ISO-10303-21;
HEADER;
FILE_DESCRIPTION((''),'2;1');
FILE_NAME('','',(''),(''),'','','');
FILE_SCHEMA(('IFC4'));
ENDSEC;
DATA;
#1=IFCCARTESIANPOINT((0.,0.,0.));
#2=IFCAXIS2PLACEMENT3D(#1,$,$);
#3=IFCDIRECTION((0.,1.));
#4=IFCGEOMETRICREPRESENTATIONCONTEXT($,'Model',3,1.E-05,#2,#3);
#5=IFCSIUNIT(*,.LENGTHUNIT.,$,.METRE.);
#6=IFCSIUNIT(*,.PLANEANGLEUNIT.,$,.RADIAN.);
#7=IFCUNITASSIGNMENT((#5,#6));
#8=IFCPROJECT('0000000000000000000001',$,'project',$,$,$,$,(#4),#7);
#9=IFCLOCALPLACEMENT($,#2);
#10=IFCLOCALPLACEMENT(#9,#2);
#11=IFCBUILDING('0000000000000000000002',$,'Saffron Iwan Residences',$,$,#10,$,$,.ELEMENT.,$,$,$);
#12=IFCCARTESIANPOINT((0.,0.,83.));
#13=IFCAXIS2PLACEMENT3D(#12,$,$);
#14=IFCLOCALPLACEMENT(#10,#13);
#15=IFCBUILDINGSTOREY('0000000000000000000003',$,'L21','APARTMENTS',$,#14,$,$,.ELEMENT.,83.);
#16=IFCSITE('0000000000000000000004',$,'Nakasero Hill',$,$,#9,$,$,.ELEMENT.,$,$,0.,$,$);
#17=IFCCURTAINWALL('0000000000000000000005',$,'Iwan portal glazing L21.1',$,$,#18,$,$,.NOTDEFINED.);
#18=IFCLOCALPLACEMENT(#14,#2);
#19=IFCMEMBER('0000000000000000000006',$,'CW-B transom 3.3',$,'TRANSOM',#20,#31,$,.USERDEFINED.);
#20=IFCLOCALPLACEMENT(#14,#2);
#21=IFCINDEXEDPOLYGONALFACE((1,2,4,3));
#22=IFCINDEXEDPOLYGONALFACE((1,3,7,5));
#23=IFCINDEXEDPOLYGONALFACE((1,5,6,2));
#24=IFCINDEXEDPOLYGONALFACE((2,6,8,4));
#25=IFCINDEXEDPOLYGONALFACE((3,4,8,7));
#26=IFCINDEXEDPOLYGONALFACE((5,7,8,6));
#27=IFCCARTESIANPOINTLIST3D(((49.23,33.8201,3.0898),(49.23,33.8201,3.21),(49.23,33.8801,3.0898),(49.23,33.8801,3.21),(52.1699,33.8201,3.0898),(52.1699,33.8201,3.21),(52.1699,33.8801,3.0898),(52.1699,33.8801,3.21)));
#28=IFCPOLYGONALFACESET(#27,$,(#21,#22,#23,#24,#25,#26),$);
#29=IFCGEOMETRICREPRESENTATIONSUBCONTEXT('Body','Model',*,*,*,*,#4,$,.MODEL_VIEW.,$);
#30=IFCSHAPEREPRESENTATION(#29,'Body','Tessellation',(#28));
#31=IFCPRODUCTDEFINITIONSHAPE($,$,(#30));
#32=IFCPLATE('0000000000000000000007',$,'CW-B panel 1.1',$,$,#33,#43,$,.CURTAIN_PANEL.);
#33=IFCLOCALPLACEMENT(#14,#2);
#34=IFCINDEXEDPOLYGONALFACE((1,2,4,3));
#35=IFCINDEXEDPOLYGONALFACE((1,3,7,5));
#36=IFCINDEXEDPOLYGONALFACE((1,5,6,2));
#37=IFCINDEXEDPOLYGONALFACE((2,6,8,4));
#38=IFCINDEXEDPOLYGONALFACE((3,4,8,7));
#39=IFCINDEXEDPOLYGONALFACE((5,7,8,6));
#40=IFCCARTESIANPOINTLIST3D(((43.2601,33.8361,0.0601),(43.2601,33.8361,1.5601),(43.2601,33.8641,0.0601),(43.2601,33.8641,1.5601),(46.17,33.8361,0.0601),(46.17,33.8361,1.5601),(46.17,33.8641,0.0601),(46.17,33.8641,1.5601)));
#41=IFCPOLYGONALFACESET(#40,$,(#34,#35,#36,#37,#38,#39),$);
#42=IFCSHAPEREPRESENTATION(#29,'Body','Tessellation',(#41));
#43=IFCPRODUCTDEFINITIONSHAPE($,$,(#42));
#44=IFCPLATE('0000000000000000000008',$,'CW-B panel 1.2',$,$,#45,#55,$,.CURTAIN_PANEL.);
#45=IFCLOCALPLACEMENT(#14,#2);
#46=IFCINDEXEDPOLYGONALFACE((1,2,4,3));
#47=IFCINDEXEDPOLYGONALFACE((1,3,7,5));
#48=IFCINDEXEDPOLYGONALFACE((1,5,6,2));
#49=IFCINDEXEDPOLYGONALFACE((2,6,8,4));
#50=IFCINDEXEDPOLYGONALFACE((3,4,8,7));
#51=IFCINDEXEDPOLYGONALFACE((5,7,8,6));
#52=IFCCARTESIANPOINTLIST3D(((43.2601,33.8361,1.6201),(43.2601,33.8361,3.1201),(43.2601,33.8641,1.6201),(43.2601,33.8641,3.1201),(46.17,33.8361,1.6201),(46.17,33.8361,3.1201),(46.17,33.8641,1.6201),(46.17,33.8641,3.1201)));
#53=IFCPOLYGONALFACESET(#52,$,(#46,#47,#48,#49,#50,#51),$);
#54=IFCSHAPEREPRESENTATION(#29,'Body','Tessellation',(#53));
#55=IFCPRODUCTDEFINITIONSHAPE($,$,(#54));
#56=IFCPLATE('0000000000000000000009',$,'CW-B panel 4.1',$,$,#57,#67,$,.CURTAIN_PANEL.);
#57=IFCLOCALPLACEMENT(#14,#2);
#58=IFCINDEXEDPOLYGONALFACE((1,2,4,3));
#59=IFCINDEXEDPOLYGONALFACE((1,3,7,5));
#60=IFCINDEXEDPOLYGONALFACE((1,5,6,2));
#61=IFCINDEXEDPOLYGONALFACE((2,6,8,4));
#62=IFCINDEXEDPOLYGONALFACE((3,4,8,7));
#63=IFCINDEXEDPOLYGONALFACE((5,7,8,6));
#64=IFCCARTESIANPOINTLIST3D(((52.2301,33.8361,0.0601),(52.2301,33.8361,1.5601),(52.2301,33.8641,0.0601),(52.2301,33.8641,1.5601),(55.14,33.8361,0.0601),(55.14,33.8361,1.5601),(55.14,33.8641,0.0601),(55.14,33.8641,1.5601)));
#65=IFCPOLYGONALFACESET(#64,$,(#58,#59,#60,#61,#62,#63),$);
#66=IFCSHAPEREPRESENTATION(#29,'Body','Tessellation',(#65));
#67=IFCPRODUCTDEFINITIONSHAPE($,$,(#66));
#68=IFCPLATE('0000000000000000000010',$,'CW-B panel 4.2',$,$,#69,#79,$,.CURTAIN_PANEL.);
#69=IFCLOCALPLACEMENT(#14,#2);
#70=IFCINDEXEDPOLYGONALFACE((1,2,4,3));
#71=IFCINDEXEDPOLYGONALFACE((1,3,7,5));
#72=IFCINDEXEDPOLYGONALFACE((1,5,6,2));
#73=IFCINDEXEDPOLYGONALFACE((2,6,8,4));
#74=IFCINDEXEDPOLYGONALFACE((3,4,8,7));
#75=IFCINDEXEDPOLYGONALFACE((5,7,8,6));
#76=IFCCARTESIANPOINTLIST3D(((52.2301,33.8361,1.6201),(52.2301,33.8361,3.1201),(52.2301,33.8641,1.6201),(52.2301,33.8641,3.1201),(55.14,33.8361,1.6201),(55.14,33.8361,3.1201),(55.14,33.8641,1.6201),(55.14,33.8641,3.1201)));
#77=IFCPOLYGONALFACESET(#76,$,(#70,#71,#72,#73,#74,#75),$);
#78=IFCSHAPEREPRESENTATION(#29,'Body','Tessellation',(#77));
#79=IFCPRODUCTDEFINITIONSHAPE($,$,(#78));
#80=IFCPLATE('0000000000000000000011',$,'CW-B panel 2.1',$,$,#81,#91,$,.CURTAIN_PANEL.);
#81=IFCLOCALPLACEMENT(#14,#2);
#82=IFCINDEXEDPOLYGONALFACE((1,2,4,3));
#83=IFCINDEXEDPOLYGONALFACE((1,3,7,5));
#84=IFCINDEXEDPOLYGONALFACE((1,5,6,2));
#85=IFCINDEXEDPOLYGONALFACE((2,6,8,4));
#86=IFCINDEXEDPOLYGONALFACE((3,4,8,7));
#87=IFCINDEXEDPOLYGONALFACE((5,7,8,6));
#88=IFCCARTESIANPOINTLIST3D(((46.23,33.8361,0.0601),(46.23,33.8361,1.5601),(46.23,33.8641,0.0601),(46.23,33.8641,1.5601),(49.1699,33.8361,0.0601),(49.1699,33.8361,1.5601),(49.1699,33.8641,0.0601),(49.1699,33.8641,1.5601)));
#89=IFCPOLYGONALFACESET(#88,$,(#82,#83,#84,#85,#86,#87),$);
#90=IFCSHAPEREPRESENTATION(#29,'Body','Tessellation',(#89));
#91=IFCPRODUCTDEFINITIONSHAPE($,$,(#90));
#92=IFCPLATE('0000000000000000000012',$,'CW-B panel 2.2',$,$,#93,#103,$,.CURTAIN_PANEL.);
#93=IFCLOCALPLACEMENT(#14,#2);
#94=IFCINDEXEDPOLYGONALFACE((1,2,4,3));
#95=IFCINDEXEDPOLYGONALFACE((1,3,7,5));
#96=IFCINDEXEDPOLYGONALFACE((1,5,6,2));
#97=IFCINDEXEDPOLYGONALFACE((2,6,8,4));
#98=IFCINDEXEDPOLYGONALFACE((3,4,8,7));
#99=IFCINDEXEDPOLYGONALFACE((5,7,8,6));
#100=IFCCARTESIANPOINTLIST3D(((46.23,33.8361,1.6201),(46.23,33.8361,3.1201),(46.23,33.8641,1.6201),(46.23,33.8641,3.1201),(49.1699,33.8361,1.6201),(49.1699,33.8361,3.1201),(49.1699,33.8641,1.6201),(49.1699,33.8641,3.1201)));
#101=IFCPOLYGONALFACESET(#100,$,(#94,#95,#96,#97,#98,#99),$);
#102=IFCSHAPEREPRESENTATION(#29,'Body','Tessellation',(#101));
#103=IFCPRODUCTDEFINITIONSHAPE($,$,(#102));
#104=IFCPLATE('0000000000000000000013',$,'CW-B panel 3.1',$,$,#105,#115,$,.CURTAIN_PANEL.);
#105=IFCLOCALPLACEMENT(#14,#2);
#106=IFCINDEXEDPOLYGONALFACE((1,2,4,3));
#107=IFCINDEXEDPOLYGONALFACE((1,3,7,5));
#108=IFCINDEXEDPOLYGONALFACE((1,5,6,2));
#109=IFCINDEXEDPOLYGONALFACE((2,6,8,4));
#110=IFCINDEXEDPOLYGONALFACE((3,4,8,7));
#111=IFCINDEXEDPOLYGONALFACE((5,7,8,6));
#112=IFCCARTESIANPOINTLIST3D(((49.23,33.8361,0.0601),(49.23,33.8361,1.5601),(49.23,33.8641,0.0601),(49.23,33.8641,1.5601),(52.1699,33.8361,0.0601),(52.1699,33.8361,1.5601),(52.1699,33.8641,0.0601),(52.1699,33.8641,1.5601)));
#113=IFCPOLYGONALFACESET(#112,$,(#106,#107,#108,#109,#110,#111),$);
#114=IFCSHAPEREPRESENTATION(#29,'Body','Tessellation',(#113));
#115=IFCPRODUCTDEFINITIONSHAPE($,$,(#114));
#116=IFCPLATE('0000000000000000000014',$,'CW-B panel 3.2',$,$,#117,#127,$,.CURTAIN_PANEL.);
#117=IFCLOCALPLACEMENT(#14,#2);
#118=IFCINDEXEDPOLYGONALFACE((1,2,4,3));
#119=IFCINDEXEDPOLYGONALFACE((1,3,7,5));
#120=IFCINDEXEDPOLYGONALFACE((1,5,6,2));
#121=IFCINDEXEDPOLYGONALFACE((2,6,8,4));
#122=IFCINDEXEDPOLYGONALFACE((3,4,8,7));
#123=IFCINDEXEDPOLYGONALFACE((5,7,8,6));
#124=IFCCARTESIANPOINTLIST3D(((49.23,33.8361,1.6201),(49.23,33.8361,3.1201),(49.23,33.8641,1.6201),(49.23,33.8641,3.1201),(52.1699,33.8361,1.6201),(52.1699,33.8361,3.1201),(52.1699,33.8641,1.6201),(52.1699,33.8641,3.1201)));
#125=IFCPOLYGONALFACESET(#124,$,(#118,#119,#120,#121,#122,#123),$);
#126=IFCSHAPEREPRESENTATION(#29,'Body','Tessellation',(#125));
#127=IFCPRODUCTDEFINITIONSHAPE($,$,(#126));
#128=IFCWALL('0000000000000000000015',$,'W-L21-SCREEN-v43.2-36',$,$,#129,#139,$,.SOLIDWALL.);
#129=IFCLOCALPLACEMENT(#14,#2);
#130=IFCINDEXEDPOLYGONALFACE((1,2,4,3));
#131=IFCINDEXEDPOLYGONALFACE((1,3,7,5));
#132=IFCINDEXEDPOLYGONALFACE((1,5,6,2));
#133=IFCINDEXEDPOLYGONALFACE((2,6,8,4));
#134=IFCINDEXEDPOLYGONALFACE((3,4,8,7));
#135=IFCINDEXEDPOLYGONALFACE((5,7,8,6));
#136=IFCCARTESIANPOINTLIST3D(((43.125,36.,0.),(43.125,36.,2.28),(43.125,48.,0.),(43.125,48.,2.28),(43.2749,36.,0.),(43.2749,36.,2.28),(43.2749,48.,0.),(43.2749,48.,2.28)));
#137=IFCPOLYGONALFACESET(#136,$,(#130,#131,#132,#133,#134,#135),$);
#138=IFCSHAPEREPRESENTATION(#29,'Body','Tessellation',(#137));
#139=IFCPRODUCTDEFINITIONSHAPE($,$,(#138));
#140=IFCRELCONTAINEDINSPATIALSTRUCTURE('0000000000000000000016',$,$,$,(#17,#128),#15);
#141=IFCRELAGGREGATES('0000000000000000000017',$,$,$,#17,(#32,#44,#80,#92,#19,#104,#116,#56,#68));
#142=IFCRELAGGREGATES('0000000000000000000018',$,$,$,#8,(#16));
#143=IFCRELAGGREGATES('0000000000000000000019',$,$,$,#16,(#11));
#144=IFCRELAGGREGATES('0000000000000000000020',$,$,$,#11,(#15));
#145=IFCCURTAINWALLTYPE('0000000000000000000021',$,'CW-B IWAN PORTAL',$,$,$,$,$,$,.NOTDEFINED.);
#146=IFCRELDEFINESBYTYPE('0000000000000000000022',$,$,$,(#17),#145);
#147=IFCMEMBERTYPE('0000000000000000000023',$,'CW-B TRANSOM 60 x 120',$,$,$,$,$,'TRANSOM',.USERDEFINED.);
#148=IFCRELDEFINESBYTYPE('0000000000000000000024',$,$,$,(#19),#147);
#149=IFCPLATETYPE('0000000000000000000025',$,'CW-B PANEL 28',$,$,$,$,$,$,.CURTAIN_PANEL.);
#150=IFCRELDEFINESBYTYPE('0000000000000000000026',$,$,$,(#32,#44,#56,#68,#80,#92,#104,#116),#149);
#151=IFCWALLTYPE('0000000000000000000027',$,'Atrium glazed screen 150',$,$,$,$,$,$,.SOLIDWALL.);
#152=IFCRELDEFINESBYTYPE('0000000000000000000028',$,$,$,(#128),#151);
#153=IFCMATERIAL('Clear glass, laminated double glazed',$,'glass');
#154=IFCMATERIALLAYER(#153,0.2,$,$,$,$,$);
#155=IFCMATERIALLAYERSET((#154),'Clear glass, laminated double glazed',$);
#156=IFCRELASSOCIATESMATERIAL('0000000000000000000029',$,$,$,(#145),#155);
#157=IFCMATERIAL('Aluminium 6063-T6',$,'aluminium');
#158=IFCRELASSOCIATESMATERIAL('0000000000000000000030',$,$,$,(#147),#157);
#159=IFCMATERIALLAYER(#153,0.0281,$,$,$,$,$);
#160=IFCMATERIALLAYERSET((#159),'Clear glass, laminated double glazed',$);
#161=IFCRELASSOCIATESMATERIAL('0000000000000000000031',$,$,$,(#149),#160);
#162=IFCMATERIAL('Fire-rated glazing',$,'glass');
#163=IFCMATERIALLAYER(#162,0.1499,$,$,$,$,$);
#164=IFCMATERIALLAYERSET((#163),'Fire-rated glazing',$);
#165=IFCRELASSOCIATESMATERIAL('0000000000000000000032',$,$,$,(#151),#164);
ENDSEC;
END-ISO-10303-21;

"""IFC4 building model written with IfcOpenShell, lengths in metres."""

from ifc_helpers import new_model, si_unit, direction, frame, frame_2d, origin, origin_2d, place, context, subcontext, project, spatial, rectangle, extrude, source, transform, mapped, material, layer, layer_set, material_profile, profile_set, type_object, element, aggregate, save


model = new_model("IFC4")

# Units and contexts
model_context = context("Model", 3, precision=1e-05, world=origin(), true_north=direction((0.0, 1.0)))
body_context = subcontext(model_context, "Body", "Model", "MODEL_VIEW")
ifc_project = project(units=[si_unit("LENGTHUNIT", "METRE"), si_unit("PLANEANGLEUNIT", "RADIAN")], contexts=[model_context])

# Site, building, storey
site_placement = place(None, origin())
site = spatial("IfcSite", under=ifc_project, at=site_placement, Name="Nakasero Hill", CompositionType="ELEMENT", RefElevation=0.0)
building_placement = place(site_placement, origin())
building = spatial("IfcBuilding", under=site, at=building_placement, Name="Saffron Iwan Residences", CompositionType="ELEMENT")
storey_placement = place(building_placement, frame((0.0, 0.0, 83.0)))
storey = spatial("IfcBuildingStorey", under=building, at=storey_placement, Name="L21", Description="APARTMENTS", CompositionType="ELEMENT", Elevation=83.0)

# Curtain wall, member, plates
ifc_material_1 = material(Name="Clear glass, laminated double glazed", Category="glass")
ifc_layer_1 = layer(ifc_material_1, 0.2)
ifc_layer_set_1 = layer_set([ifc_layer_1], Name="Clear glass, laminated double glazed")
curtain_wall_type = type_object("IfcCurtainWallType", Name="CW-B IWAN PORTAL", PredefinedType="NOTDEFINED", material=ifc_layer_set_1)
curtain_wall_placement = place(storey_placement, origin())
curtain_wall = element("IfcCurtainWall", 1, at=curtain_wall_placement, inside=storey, type_object=curtain_wall_type, Name="Iwan portal glazing L21.1", PredefinedType="NOTDEFINED")
ifc_material_2 = material(Name="Aluminium 6063-T6", Category="aluminium")
ifc_material_profile_1 = material_profile(ifc_material_2, rectangle(XDim=0.0601, YDim=0.1201, at=origin_2d()), Name="CW-B TRANSOM 60 x 120")
ifc_profile_set_1 = profile_set([ifc_material_profile_1], Name="Aluminium 6063-T6")
member_type_1 = type_object("IfcMemberType", Name="CW-B TRANSOM 60 x 120", ElementType="TRANSOM", PredefinedType="USERDEFINED", material=ifc_profile_set_1)
shared_shape_1 = source(origin(), body_context, "Body", "SweptSolid", [
    extrude(rectangle(XDim=0.0601, YDim=0.1201, at=origin_2d()), origin(), (0.0, 0.0, 1.0), 2.9399),
])
member_1_placement = place(storey_placement, frame((49.23, 33.8501, 3.1499), z_axis=(1.0, 0.0, 0.0), x_axis=(0.0, 1.0, 0.0)))
member_1 = element("IfcMember", 2, at=member_1_placement, type_object=member_type_1, Name="CW-B transom 3.3", ObjectType="TRANSOM", PredefinedType="USERDEFINED", context=body_context, shape_type="MappedRepresentation", body=[
    mapped(shared_shape_1, transform((0.0, 0.0, 0.0))),
])
ifc_layer_2 = layer(ifc_material_1, 0.0281)
ifc_layer_set_2 = layer_set([ifc_layer_2], Name="Clear glass, laminated double glazed")
plate_type = type_object("IfcPlateType", Name="CW-B PANEL 28", PredefinedType="CURTAIN_PANEL", material=ifc_layer_set_2)
shared_shape_2 = source(origin(), body_context, "Body", "SweptSolid", [
    extrude(rectangle(XDim=2.9099, YDim=0.0281, at=origin_2d()), origin(), (0.0, 0.0, 1.0), 1.5),
])
plate_1_placement = place(storey_placement, frame((44.7151, 33.8501, 0.0601), z_axis=(0.0, 0.0, 1.0), x_axis=(1.0, 0.0, 0.0)))
plate_1 = element("IfcPlate", 3, at=plate_1_placement, type_object=plate_type, Name="CW-B panel 1.1", PredefinedType="CURTAIN_PANEL", context=body_context, shape_type="MappedRepresentation", body=[
    mapped(shared_shape_2, transform((0.0, 0.0, 0.0))),
])
plate_2_placement = place(storey_placement, frame((44.7151, 33.8501, 1.6201), z_axis=(0.0, 0.0, 1.0), x_axis=(1.0, 0.0, 0.0)))
plate_2 = element("IfcPlate", 4, at=plate_2_placement, type_object=plate_type, Name="CW-B panel 1.2", PredefinedType="CURTAIN_PANEL", context=body_context, shape_type="MappedRepresentation", body=[
    mapped(shared_shape_2, transform((0.0, 0.0, 0.0))),
])
plate_3_placement = place(storey_placement, frame((53.6851, 33.8501, 0.0601), z_axis=(0.0, 0.0, 1.0), x_axis=(1.0, 0.0, 0.0)))
plate_3 = element("IfcPlate", 5, at=plate_3_placement, type_object=plate_type, Name="CW-B panel 4.1", PredefinedType="CURTAIN_PANEL", context=body_context, shape_type="MappedRepresentation", body=[
    mapped(shared_shape_2, transform((0.0, 0.0, 0.0))),
])
plate_4_placement = place(storey_placement, frame((53.6851, 33.8501, 1.6201), z_axis=(0.0, 0.0, 1.0), x_axis=(1.0, 0.0, 0.0)))
plate_4 = element("IfcPlate", 6, at=plate_4_placement, type_object=plate_type, Name="CW-B panel 4.2", PredefinedType="CURTAIN_PANEL", context=body_context, shape_type="MappedRepresentation", body=[
    mapped(shared_shape_2, transform((0.0, 0.0, 0.0))),
])
shared_shape_3 = source(origin(), body_context, "Body", "SweptSolid", [
    extrude(rectangle(XDim=2.9399, YDim=0.0281, at=origin_2d()), origin(), (0.0, 0.0, 1.0), 1.5),
])
plate_5_placement = place(storey_placement, frame((47.7, 33.8501, 0.0601), z_axis=(0.0, 0.0, 1.0), x_axis=(1.0, 0.0, 0.0)))
plate_5 = element("IfcPlate", 7, at=plate_5_placement, type_object=plate_type, Name="CW-B panel 2.1", PredefinedType="CURTAIN_PANEL", context=body_context, shape_type="MappedRepresentation", body=[
    mapped(shared_shape_3, transform((0.0, 0.0, 0.0))),
])
plate_6_placement = place(storey_placement, frame((47.7, 33.8501, 1.6201), z_axis=(0.0, 0.0, 1.0), x_axis=(1.0, 0.0, 0.0)))
plate_6 = element("IfcPlate", 8, at=plate_6_placement, type_object=plate_type, Name="CW-B panel 2.2", PredefinedType="CURTAIN_PANEL", context=body_context, shape_type="MappedRepresentation", body=[
    mapped(shared_shape_3, transform((0.0, 0.0, 0.0))),
])
plate_7_placement = place(storey_placement, frame((50.7, 33.8501, 0.0601), z_axis=(0.0, 0.0, 1.0), x_axis=(1.0, 0.0, 0.0)))
plate_7 = element("IfcPlate", 9, at=plate_7_placement, type_object=plate_type, Name="CW-B panel 3.1", PredefinedType="CURTAIN_PANEL", context=body_context, shape_type="MappedRepresentation", body=[
    mapped(shared_shape_3, transform((0.0, 0.0, 0.0))),
])
plate_8_placement = place(storey_placement, frame((50.7, 33.8501, 1.6201), z_axis=(0.0, 0.0, 1.0), x_axis=(1.0, 0.0, 0.0)))
plate_8 = element("IfcPlate", 10, at=plate_8_placement, type_object=plate_type, Name="CW-B panel 3.2", PredefinedType="CURTAIN_PANEL", context=body_context, shape_type="MappedRepresentation", body=[
    mapped(shared_shape_3, transform((0.0, 0.0, 0.0))),
])
aggregate(curtain_wall, [plate_1, plate_2, plate_5, plate_6, member_1, plate_7, plate_8, plate_3, plate_4])

# Wall
ifc_material_3 = material(Name="Fire-rated glazing", Category="glass")
ifc_layer_3 = layer(ifc_material_3, 0.1499)
ifc_layer_set_3 = layer_set([ifc_layer_3], Name="Fire-rated glazing")
wall_type = type_object("IfcWallType", Name="Atrium glazed screen 150", PredefinedType="SOLIDWALL", material=ifc_layer_set_3)
wall_placement = place(storey_placement, frame((43.2, 36.0, 0.0), z_axis=(0.0, 0.0, 1.0), x_axis=(0.0, 1.0, 0.0)))
element("IfcWall", 11, at=wall_placement, inside=storey, type_object=wall_type, Name="W-L21-SCREEN-v43.2-36", PredefinedType="SOLIDWALL", context=body_context, shape_type="SweptSolid", body=[
    extrude(rectangle(XDim=12.0, YDim=0.1499, at=frame_2d((6.0, 0.0))), origin(), (0.0, 0.0, 1.0), 2.28),
])

save(model, "model.ifc")
